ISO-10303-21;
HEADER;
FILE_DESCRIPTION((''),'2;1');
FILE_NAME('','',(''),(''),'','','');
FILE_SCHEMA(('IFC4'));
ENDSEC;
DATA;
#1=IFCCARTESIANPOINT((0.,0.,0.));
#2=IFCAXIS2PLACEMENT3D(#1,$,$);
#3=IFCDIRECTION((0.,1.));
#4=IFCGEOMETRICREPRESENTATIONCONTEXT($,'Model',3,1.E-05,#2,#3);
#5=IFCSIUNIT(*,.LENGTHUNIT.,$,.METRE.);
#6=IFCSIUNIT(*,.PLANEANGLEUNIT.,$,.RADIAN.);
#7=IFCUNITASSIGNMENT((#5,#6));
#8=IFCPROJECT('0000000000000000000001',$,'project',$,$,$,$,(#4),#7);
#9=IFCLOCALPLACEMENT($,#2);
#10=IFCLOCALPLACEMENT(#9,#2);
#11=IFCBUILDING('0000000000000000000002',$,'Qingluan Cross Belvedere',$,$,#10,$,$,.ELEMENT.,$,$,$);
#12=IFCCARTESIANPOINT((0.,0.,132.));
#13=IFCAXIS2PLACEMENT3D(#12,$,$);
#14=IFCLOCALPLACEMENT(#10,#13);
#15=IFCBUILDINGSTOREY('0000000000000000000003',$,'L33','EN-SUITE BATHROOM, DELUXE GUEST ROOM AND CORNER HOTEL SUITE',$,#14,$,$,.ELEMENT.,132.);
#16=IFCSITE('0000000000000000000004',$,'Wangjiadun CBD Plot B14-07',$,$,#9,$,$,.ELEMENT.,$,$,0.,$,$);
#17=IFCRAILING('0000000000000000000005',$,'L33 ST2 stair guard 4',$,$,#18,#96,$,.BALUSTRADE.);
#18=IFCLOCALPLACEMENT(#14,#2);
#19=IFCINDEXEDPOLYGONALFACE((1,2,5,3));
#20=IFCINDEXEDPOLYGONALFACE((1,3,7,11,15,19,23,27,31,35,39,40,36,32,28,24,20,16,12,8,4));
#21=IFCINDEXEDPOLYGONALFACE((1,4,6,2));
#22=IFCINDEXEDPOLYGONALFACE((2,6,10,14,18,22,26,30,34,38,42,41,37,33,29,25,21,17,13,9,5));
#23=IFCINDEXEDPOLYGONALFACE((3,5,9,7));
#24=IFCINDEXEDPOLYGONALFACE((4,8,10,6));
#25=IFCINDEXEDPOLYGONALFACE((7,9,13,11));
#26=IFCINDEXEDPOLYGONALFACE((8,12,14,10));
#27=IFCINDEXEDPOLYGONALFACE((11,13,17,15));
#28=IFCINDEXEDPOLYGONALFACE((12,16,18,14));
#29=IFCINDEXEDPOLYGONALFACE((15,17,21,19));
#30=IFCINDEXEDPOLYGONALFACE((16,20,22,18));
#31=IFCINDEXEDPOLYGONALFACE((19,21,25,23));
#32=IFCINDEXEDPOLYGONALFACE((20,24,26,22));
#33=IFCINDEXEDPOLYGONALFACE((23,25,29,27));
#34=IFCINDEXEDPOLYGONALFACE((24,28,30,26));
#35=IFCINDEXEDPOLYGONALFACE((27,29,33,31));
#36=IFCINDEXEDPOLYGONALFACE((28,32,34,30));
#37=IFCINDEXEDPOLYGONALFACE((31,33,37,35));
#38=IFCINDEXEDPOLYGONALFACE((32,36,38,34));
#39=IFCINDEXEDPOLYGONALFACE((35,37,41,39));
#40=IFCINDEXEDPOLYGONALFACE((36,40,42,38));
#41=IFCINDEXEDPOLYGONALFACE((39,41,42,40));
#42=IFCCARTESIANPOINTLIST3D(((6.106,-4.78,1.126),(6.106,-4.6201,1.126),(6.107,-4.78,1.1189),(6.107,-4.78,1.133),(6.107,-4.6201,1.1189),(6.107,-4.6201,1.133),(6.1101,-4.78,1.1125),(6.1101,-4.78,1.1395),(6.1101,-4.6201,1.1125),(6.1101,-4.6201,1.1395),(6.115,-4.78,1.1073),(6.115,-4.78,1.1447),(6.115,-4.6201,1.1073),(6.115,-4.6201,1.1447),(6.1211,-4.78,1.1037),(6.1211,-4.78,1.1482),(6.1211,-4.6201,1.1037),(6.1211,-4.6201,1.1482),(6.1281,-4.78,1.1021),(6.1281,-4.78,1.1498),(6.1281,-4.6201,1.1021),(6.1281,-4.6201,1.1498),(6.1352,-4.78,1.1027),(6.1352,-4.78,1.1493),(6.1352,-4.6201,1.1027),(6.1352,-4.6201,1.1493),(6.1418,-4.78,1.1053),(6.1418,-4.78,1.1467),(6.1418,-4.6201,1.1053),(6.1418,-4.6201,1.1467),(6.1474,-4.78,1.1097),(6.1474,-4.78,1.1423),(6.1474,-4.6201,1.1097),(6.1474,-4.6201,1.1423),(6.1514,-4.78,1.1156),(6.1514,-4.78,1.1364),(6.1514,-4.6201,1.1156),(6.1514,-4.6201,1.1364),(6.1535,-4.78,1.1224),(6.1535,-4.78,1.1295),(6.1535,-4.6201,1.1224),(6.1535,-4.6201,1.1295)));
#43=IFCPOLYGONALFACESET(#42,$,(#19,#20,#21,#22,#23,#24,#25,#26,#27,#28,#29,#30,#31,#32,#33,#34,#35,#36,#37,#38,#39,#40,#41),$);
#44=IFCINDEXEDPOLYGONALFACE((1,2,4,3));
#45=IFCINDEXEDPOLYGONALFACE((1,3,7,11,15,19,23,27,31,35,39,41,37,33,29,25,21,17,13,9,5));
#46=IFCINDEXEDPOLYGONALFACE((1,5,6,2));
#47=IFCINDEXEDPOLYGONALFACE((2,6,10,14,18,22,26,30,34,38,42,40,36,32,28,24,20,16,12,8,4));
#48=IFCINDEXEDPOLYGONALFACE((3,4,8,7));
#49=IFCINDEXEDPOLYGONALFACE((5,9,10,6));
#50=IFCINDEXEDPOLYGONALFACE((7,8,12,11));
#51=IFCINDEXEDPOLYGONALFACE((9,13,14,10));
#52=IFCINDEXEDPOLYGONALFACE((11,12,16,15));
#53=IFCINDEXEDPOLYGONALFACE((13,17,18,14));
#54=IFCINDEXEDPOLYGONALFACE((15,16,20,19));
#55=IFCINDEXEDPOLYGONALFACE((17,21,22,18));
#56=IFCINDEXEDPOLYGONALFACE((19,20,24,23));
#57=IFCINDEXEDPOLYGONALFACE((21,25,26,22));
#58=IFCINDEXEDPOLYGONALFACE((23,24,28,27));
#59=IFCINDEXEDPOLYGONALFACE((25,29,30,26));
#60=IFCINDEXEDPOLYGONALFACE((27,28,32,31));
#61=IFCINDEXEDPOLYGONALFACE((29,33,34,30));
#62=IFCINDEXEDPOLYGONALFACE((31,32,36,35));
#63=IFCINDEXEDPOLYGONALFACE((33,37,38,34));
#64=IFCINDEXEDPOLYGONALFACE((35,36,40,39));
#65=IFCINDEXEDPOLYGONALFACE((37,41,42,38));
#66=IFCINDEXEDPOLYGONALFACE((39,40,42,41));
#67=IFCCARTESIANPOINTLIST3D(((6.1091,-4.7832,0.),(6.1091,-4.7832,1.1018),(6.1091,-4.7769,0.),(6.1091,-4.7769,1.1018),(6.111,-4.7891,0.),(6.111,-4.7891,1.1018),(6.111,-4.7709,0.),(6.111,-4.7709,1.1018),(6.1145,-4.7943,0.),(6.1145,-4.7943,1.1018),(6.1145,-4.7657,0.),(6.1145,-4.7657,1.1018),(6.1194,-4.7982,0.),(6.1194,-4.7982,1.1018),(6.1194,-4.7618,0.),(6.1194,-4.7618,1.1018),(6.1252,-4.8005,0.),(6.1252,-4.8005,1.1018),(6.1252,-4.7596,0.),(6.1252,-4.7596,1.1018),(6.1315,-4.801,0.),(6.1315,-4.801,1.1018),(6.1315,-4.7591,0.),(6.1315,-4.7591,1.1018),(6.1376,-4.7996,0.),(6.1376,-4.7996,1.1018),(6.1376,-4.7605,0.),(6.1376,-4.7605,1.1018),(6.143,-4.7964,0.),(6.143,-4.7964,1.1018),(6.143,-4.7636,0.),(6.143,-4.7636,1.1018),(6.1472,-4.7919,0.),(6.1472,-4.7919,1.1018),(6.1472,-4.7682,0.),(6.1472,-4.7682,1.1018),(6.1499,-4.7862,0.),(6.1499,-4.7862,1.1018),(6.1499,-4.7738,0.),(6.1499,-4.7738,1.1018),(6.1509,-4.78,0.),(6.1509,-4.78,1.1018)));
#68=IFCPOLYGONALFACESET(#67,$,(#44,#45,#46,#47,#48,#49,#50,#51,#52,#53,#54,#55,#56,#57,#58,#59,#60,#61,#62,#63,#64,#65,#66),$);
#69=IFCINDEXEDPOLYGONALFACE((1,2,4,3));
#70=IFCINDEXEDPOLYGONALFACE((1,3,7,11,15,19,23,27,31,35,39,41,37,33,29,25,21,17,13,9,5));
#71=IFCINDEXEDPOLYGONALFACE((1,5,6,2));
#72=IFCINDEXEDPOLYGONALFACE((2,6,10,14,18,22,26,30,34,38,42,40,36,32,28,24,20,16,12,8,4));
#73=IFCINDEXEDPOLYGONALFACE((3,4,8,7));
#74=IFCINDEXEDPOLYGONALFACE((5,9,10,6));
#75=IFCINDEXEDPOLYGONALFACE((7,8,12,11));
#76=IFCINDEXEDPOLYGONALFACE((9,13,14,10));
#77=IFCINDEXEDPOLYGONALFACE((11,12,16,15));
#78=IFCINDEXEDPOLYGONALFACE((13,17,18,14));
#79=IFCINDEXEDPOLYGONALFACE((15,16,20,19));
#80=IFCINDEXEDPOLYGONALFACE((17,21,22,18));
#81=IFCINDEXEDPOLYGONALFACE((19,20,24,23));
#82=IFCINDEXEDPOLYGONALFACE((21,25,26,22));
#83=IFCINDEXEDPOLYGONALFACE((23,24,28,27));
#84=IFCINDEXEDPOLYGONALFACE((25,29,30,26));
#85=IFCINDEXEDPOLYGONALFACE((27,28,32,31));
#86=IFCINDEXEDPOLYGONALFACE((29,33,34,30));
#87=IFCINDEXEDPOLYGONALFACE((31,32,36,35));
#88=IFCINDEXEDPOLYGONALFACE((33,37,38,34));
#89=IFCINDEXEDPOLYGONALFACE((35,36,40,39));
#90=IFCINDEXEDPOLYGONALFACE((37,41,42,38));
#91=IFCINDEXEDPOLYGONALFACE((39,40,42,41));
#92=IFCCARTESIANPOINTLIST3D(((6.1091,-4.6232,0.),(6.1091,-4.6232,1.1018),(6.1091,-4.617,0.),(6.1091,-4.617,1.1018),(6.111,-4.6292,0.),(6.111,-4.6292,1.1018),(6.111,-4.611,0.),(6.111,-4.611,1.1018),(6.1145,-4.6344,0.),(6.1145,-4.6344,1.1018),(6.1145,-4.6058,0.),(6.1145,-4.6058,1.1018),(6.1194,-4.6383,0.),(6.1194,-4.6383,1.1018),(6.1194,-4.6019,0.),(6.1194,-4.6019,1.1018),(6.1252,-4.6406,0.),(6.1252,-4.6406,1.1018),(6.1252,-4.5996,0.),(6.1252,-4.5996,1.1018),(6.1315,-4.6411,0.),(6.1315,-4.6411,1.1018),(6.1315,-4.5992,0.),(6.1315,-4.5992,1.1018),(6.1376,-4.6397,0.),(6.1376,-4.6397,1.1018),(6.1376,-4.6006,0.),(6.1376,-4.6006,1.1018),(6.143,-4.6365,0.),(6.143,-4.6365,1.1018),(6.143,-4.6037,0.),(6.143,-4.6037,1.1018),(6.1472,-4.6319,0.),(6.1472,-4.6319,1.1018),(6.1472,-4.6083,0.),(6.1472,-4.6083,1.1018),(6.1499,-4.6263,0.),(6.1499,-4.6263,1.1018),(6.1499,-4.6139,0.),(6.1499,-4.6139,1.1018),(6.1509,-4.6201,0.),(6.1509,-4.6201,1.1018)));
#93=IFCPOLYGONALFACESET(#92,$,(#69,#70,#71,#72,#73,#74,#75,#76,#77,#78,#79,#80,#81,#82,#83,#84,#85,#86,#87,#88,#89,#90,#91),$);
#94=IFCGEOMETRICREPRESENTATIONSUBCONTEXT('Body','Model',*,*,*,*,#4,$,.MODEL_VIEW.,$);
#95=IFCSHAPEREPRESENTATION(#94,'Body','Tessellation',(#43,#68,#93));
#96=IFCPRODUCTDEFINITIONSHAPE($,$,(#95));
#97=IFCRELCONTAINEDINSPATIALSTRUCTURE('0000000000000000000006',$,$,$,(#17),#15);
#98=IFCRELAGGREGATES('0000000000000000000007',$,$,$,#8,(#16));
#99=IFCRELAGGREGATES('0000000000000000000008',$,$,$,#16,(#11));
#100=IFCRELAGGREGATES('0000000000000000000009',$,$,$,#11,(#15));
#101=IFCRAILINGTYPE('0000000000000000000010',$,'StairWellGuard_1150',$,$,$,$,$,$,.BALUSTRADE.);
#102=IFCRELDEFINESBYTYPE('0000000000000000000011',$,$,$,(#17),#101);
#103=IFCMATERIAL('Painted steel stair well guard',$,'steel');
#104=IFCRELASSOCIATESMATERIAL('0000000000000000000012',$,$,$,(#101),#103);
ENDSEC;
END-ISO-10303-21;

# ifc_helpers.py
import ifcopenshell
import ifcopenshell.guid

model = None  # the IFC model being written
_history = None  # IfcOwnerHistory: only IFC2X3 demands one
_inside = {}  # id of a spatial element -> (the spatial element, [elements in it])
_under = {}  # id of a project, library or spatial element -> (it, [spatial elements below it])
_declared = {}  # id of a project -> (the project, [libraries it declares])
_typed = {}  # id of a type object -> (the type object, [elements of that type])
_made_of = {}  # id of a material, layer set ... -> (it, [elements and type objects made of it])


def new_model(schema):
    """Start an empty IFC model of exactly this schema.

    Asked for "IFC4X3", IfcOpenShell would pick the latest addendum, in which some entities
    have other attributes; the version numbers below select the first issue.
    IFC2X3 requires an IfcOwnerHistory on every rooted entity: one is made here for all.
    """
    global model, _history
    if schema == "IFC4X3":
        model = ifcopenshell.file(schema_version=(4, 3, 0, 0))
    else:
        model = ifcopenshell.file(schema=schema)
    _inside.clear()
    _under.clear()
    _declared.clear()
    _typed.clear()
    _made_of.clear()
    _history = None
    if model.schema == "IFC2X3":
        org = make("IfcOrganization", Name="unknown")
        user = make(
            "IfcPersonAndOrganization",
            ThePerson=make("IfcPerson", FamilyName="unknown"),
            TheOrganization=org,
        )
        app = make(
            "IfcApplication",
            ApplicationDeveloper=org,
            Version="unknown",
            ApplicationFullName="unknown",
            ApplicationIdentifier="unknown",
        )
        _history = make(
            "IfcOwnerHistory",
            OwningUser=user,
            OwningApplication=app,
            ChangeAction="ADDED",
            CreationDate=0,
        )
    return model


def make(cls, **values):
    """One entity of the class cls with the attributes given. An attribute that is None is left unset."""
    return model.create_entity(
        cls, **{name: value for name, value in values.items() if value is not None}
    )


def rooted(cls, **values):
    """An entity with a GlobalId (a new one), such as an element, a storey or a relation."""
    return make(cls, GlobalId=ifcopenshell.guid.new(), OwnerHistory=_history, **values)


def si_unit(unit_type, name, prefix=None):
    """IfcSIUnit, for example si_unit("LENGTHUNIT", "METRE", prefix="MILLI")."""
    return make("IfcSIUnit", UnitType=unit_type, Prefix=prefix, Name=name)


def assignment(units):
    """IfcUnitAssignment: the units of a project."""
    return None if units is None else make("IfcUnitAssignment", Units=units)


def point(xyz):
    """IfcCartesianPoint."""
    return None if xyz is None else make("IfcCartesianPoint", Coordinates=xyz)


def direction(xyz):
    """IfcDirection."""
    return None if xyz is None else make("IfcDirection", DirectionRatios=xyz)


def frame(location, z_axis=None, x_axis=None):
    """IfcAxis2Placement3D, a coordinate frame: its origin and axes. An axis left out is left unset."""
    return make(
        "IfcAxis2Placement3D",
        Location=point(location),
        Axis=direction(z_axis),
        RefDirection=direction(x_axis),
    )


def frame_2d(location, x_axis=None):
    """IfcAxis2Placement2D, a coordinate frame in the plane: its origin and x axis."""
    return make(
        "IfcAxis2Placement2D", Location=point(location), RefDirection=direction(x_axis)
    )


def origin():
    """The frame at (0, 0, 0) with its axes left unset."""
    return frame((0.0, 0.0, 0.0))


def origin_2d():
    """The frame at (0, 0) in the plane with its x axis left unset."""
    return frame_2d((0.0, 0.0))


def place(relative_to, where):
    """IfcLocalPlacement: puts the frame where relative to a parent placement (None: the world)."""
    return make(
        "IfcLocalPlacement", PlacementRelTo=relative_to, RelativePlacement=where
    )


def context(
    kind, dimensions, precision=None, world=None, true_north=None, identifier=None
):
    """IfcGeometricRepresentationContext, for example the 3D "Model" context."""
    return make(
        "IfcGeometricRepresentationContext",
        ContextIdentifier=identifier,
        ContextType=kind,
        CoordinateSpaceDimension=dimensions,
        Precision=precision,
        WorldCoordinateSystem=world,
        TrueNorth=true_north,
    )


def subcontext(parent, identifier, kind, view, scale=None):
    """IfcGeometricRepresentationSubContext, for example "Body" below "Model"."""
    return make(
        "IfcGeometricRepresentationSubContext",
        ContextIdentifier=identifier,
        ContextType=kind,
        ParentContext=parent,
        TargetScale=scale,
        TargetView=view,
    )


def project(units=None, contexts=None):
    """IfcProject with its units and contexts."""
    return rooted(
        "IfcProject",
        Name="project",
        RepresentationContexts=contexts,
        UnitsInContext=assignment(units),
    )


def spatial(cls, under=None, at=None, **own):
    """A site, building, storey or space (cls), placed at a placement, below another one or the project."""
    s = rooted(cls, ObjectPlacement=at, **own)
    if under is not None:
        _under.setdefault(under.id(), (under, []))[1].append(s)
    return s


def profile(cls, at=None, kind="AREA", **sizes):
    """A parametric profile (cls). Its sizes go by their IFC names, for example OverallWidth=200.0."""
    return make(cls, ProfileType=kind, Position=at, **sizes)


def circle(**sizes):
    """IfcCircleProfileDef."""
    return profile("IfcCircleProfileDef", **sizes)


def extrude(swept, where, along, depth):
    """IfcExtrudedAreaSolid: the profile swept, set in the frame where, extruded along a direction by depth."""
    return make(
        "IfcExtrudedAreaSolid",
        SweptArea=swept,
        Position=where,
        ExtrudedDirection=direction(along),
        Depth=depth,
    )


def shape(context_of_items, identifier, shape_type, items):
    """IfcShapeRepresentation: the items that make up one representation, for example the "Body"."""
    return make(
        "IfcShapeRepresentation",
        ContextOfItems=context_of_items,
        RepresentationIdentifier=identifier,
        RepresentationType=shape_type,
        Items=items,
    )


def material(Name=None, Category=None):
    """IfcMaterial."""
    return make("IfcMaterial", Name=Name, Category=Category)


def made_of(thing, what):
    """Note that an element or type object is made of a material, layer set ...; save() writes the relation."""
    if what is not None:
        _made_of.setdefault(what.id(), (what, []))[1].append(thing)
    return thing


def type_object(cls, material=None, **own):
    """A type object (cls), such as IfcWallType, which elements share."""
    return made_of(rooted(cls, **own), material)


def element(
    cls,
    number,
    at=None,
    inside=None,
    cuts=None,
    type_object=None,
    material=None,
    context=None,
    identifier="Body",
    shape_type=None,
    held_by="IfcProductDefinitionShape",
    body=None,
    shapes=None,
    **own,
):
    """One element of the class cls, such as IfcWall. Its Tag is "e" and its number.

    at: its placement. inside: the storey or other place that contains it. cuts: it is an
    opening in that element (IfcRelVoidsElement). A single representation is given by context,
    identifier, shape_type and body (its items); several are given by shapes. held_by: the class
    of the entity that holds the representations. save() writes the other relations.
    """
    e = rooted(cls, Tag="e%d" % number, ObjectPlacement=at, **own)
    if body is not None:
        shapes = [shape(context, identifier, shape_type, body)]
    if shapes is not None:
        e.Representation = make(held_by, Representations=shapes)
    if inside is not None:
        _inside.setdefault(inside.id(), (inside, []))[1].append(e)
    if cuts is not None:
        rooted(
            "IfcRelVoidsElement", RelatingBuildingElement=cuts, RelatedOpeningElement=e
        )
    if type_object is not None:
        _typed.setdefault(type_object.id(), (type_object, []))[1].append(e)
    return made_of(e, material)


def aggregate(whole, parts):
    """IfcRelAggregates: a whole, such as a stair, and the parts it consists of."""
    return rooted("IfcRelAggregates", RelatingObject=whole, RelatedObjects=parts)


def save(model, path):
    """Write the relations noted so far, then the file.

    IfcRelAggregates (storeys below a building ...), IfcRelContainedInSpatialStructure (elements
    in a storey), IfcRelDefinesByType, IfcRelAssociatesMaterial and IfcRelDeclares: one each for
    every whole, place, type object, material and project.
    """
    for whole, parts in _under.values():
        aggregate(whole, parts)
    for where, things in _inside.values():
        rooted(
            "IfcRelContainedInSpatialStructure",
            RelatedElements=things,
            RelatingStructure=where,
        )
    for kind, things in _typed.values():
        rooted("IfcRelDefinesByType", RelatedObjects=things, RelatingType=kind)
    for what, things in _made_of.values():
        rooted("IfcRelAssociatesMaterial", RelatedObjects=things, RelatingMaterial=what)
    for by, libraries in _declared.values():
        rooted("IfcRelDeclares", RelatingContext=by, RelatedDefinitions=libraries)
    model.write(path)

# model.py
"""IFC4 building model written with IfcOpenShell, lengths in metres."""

from ifc_helpers import new_model, si_unit, direction, frame, origin, origin_2d, place, context, subcontext, project, spatial, circle, extrude, material, type_object, element, save


model = new_model("IFC4")

# Units and contexts
model_context = context("Model", 3, precision=1e-05, world=origin(), true_north=direction((0.0, 1.0)))
body_context = subcontext(model_context, "Body", "Model", "MODEL_VIEW")
ifc_project = project(units=[si_unit("LENGTHUNIT", "METRE"), si_unit("PLANEANGLEUNIT", "RADIAN")], contexts=[model_context])

# Site, building, storey
site_placement = place(None, origin())
site = spatial("IfcSite", under=ifc_project, at=site_placement, Name="Wangjiadun CBD Plot B14-07", CompositionType="ELEMENT", RefElevation=0.0)
building_placement = place(site_placement, origin())
building = spatial("IfcBuilding", under=site, at=building_placement, Name="Qingluan Cross Belvedere", CompositionType="ELEMENT")
storey_placement = place(building_placement, frame((0.0, 0.0, 132.0)))
storey = spatial("IfcBuildingStorey", under=building, at=storey_placement, Name="L33", Description="EN-SUITE BATHROOM, DELUXE GUEST ROOM AND CORNER HOTEL SUITE", CompositionType="ELEMENT", Elevation=132.0)

# Railing
ifc_material_1 = material(Name="Painted steel stair well guard", Category="steel")
railing_type_1 = type_object("IfcRailingType", Name="StairWellGuard_1150", PredefinedType="BALUSTRADE", material=ifc_material_1)
railing_1_placement = place(storey_placement, frame((6.1299, -4.78, 0.0)))
element("IfcRailing", 1, at=railing_1_placement, inside=storey, type_object=railing_type_1, Name="L33 ST2 stair guard 4", PredefinedType="BALUSTRADE", context=body_context, shape_type="SweptSolid", body=[
    extrude(circle(Radius=0.0239, at=origin_2d()), frame((0.0, 0.0, 1.126), z_axis=(0.0, 1.0, 0.0), x_axis=(-1.0, 0.0, 0.0)), (0.0, 0.0, 1.0), 0.1599),
    extrude(circle(Radius=0.021, at=origin_2d()), origin(), (0.0, 0.0, 1.0), 1.1018),
    extrude(circle(Radius=0.021, at=origin_2d()), frame((0.0, 0.1599, 0.0)), (0.0, 0.0, 1.0), 1.1018),
])

save(model, "model.ifc")
